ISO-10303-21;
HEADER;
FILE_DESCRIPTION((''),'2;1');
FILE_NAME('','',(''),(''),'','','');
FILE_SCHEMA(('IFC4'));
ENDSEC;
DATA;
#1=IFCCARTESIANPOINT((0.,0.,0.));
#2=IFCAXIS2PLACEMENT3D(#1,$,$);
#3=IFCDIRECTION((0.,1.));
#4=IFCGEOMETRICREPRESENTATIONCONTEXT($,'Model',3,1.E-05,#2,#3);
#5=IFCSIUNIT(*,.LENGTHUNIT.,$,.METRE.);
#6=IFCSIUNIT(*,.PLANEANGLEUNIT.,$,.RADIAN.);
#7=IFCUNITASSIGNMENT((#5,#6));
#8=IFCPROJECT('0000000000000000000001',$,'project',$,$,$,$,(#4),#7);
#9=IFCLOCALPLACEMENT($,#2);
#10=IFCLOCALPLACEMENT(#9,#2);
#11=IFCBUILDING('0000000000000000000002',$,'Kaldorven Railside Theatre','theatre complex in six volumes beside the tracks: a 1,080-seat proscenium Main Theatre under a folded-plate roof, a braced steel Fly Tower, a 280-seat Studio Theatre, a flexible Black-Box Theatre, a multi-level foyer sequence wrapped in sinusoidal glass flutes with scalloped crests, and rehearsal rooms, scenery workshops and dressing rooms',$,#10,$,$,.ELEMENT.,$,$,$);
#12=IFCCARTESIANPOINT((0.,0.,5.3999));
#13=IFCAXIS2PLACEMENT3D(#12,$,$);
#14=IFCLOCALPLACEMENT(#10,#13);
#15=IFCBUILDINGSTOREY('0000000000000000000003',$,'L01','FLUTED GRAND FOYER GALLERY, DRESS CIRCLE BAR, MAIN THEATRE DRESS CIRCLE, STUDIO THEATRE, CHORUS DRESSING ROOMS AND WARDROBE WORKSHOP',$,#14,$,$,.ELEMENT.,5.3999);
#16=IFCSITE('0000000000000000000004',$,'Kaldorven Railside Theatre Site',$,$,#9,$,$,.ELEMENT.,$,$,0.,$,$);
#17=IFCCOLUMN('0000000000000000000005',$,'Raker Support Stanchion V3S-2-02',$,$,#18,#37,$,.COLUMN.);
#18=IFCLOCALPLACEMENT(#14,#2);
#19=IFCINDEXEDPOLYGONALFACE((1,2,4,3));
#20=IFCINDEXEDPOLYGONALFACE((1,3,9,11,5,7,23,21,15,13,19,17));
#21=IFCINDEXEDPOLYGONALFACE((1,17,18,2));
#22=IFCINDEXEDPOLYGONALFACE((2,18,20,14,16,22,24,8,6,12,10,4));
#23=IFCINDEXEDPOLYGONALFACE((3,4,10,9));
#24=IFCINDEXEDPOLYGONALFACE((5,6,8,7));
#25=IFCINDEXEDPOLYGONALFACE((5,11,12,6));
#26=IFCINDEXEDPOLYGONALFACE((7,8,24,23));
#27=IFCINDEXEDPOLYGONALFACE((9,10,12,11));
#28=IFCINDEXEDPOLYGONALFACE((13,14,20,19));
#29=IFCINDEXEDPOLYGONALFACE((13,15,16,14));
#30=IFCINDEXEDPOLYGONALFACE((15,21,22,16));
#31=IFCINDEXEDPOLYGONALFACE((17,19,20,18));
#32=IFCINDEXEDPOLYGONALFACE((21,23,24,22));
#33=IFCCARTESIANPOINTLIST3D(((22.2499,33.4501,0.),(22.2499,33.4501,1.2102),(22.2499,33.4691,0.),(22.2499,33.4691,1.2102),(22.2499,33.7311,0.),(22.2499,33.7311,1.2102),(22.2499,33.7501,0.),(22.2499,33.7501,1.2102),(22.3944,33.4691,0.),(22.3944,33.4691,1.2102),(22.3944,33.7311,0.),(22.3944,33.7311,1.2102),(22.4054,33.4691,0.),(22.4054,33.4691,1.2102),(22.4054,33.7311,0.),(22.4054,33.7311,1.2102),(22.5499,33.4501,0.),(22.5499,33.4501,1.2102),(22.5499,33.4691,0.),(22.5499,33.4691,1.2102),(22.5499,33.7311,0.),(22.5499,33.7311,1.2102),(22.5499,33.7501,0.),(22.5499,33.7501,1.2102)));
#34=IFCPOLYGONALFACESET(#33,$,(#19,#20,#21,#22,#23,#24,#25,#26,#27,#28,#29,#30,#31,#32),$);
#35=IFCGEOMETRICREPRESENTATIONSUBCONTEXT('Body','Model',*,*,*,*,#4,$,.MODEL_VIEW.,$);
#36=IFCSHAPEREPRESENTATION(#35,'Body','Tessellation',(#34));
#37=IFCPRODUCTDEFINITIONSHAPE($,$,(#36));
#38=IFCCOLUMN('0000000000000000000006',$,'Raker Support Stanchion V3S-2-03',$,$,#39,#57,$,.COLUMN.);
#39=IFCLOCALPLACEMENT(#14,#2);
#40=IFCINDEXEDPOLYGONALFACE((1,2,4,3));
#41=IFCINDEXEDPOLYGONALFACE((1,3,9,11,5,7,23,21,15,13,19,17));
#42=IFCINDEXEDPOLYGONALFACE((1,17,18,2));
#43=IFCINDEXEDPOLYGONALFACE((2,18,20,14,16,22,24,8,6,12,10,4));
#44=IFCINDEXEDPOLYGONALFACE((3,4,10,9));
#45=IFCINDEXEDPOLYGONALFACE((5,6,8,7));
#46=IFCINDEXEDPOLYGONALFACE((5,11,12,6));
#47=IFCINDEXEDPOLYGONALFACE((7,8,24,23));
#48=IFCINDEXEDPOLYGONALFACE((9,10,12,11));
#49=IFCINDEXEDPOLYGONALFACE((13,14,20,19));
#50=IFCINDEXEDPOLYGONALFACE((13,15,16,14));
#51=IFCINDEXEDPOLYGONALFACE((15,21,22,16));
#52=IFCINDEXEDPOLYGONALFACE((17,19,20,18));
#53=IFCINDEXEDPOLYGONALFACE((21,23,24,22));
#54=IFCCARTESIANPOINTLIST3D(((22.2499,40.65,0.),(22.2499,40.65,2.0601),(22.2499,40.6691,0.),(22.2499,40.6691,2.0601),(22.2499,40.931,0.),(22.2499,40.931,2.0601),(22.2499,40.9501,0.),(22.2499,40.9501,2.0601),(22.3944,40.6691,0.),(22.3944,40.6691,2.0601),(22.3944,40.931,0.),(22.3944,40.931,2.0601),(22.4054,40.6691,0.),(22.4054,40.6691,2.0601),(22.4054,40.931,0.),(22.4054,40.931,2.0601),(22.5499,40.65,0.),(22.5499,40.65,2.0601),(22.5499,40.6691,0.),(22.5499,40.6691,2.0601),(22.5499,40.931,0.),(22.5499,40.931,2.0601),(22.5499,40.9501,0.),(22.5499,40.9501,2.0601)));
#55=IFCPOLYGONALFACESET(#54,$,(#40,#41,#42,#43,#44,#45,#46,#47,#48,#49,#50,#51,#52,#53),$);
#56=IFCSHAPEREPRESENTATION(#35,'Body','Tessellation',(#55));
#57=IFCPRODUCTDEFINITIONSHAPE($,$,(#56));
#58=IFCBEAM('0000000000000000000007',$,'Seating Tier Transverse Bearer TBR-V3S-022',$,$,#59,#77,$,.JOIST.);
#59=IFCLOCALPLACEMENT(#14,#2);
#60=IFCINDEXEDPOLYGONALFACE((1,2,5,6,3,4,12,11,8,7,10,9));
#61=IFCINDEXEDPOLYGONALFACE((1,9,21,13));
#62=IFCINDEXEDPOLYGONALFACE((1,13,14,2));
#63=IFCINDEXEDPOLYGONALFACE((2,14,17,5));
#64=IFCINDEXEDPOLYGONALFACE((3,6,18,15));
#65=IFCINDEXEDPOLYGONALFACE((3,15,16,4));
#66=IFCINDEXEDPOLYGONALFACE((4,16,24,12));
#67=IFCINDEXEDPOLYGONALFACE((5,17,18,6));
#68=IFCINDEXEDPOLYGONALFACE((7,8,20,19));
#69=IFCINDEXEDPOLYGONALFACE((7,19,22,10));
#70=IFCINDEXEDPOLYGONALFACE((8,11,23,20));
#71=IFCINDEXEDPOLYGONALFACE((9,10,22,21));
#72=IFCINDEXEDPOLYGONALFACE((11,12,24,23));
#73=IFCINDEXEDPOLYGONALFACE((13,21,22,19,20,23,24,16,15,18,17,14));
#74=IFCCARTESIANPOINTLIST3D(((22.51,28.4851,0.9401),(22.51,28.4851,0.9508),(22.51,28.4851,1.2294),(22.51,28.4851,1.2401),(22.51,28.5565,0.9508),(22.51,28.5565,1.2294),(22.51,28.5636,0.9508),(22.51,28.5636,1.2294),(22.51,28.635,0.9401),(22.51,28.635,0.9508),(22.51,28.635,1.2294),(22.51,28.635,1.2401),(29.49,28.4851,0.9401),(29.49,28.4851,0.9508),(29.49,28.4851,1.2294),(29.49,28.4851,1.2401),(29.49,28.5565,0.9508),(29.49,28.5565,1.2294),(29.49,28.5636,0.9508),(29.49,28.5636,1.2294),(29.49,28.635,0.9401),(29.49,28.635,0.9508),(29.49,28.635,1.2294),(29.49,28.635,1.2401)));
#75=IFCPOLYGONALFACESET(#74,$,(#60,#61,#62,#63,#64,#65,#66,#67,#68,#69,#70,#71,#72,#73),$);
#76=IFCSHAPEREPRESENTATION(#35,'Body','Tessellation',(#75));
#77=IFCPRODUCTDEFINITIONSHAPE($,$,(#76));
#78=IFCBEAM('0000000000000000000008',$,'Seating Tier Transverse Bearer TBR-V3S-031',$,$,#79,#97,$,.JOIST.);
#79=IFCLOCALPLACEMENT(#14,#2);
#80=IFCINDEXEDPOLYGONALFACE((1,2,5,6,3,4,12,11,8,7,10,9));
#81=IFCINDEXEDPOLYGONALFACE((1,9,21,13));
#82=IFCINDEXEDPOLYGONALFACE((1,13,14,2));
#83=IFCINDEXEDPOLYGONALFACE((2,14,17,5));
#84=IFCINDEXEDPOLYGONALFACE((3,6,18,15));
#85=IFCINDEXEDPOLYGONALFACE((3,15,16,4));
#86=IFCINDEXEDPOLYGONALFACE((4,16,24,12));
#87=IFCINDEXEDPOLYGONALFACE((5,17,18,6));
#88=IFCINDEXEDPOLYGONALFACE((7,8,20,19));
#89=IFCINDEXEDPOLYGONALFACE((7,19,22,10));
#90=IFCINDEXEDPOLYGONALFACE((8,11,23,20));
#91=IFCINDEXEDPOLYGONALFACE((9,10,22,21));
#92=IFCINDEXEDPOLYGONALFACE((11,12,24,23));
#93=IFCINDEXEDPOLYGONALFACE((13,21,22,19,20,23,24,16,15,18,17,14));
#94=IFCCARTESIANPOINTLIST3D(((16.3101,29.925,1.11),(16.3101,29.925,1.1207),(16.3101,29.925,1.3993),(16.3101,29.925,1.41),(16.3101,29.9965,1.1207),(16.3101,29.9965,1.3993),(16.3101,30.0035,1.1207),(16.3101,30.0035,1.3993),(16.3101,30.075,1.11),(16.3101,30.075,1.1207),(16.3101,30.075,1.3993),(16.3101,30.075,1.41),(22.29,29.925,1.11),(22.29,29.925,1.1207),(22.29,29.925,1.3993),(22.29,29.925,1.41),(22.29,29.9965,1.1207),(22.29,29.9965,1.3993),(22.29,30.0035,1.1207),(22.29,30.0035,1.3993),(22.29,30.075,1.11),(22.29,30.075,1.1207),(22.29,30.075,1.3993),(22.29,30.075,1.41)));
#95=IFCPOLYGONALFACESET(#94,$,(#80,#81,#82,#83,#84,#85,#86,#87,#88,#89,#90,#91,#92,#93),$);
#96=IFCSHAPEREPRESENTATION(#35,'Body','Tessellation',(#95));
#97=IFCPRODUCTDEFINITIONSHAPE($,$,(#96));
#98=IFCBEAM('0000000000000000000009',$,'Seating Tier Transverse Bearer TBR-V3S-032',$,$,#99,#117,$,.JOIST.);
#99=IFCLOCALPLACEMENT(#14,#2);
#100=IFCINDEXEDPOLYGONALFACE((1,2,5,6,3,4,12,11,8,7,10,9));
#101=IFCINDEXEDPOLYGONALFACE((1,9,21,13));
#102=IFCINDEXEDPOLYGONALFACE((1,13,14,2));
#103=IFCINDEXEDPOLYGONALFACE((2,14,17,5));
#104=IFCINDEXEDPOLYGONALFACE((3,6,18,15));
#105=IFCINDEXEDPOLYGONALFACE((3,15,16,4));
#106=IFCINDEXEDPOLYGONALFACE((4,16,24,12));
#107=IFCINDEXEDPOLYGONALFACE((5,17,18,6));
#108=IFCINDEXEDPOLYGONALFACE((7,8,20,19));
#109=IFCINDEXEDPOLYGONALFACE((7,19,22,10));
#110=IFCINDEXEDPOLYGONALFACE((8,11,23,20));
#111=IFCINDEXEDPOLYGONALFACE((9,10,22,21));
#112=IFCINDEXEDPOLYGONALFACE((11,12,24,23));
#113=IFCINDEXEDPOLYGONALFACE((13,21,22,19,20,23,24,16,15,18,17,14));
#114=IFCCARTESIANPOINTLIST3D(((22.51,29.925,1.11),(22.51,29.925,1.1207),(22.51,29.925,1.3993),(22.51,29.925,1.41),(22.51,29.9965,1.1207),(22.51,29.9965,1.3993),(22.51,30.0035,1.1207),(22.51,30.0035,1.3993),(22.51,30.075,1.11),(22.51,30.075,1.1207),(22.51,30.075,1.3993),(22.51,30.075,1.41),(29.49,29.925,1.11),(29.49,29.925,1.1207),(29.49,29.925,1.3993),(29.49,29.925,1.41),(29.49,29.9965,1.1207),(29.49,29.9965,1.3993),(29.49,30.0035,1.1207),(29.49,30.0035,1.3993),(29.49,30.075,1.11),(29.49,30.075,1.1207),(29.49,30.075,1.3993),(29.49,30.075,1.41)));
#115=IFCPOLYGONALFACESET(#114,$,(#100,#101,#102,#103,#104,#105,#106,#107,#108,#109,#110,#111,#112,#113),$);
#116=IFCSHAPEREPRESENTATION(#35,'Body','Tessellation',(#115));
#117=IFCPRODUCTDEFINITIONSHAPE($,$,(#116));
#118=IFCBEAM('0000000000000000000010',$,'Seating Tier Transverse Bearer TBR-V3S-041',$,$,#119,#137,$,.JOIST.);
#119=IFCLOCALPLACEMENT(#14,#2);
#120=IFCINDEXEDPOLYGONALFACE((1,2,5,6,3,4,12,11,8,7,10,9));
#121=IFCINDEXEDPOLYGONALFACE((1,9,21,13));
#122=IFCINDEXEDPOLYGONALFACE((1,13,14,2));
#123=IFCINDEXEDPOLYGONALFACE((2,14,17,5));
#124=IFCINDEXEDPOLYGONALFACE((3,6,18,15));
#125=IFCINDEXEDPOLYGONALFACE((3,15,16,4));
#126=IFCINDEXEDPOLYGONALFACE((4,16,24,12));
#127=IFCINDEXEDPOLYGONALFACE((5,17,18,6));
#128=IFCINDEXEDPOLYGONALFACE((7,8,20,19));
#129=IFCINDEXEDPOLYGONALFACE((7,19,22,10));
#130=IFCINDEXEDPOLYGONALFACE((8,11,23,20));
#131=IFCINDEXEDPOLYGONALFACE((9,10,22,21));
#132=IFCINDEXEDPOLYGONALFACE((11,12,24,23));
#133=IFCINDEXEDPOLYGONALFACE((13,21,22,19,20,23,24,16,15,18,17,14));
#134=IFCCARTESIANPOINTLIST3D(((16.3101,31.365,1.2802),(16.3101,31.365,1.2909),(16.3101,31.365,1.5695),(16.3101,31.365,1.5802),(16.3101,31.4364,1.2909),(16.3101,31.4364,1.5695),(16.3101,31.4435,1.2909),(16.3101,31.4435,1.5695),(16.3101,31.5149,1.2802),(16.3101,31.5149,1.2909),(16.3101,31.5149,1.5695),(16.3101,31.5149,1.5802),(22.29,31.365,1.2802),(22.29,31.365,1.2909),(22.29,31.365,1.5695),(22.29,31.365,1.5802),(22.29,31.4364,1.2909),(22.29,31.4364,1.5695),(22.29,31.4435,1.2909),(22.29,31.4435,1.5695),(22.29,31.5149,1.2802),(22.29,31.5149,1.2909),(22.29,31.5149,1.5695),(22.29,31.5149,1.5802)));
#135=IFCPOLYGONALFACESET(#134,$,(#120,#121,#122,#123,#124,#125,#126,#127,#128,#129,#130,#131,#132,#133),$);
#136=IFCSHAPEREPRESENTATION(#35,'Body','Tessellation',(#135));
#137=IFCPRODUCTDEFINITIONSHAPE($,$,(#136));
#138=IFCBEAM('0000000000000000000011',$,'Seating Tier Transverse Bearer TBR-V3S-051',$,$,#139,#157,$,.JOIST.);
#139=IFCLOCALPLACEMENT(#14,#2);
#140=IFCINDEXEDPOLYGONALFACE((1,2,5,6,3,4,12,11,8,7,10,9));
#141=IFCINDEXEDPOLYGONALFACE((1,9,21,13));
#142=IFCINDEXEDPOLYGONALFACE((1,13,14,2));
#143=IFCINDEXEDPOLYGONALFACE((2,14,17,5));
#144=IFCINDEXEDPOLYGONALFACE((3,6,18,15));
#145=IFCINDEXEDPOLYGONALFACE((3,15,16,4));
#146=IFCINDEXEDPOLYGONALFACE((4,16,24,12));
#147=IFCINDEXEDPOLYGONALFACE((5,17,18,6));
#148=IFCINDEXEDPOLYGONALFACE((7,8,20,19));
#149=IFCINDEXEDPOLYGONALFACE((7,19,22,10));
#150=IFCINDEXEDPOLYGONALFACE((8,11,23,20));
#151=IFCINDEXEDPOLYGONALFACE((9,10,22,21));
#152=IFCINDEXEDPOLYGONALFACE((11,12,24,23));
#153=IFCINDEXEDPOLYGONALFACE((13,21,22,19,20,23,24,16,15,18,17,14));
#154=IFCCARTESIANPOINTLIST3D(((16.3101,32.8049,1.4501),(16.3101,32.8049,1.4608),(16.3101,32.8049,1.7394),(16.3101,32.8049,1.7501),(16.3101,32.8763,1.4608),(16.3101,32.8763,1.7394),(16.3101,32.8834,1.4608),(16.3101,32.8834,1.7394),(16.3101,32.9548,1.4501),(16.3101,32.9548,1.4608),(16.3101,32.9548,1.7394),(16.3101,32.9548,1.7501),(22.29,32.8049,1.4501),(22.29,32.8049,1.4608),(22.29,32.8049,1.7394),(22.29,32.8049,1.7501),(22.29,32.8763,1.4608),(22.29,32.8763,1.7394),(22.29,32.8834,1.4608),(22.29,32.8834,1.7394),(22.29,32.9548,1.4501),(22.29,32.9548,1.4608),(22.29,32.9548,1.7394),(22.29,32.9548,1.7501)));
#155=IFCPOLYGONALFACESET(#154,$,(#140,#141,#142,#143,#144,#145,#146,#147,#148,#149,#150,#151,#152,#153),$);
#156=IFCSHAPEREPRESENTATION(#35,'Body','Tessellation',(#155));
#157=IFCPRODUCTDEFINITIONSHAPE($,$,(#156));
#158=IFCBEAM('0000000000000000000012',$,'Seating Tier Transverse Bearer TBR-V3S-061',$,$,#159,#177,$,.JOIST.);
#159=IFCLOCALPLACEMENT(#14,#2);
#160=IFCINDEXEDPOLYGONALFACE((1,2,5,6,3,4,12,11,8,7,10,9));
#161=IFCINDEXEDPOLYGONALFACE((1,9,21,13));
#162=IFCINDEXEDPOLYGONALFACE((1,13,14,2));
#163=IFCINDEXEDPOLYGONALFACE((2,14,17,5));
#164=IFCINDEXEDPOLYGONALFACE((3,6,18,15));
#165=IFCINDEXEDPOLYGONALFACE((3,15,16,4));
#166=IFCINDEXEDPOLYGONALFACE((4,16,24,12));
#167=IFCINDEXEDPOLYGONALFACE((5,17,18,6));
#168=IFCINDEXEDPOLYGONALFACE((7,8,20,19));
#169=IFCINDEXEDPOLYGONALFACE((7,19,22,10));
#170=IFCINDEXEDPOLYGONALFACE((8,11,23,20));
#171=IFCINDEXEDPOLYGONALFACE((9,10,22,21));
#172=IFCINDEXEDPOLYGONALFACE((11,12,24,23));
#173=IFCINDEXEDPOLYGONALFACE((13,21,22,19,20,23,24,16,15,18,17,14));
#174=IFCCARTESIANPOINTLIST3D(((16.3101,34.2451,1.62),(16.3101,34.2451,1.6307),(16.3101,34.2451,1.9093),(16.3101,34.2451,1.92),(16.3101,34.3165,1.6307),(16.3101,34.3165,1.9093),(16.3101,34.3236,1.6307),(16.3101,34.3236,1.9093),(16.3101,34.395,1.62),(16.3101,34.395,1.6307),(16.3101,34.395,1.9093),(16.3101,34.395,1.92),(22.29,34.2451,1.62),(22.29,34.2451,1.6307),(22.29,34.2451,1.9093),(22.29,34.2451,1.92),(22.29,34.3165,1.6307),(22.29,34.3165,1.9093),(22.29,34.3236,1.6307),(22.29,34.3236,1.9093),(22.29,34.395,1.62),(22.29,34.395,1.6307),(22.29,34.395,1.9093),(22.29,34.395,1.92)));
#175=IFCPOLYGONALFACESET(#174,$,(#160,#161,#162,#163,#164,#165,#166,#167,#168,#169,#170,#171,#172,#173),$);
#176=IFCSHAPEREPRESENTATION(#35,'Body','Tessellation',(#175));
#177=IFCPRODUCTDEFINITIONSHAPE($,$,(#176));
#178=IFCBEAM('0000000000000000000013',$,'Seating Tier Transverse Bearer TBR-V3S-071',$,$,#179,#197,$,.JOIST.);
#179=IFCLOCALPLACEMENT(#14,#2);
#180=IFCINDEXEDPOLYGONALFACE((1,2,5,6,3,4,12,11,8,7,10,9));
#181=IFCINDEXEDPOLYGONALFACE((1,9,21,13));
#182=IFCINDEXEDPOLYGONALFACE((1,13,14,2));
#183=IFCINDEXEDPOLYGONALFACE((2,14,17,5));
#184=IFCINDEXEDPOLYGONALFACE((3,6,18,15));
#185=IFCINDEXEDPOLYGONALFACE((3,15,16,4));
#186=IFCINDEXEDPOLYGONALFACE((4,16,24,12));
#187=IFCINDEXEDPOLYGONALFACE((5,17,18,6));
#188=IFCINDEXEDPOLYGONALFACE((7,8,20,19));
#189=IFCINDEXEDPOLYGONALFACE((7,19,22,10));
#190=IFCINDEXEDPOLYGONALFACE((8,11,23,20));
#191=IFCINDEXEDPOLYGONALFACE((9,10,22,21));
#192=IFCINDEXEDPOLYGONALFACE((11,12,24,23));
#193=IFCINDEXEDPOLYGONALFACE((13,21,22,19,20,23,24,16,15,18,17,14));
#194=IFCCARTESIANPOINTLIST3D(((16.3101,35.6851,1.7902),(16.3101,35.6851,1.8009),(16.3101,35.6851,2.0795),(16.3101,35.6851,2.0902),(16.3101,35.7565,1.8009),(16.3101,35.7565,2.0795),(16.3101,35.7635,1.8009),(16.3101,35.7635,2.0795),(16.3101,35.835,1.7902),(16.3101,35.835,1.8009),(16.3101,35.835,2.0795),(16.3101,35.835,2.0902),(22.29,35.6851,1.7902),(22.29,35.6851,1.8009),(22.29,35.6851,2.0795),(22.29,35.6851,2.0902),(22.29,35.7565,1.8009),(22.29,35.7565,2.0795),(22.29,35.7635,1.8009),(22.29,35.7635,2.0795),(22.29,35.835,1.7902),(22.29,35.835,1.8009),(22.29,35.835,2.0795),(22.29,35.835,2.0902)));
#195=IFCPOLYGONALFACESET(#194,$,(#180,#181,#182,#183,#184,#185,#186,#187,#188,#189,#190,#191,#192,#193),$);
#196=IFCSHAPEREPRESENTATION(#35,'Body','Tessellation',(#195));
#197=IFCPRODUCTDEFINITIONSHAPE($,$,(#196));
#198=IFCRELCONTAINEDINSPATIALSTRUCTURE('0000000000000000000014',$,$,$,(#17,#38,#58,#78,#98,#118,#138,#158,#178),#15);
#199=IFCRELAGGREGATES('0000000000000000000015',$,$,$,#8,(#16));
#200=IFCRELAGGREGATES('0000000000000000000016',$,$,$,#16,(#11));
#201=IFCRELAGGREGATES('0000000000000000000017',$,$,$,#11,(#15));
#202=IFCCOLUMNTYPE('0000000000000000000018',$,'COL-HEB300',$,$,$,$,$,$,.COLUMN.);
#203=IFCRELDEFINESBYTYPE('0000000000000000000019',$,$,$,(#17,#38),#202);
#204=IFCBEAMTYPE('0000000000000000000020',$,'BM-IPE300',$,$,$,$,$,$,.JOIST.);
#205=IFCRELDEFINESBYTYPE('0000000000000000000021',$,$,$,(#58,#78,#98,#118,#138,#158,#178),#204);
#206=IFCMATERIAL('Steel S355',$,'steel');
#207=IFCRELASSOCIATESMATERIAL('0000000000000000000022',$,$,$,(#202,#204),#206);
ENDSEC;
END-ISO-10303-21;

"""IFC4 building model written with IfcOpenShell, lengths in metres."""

from ifc_helpers import new_model, si_unit, direction, frame, origin, origin_2d, place, context, subcontext, project, spatial, i_section, extrude, material, material_profile, profile_set, type_object, element, save


model = new_model("IFC4")

# Units and contexts
model_context = context("Model", 3, precision=1e-05, world=origin(), true_north=direction((0.0, 1.0)))
body_context = subcontext(model_context, "Body", "Model", "MODEL_VIEW")
ifc_project = project(units=[si_unit("LENGTHUNIT", "METRE"), si_unit("PLANEANGLEUNIT", "RADIAN")], contexts=[model_context])

# Site, building, storey
site_placement = place(None, origin())
site = spatial("IfcSite", under=ifc_project, at=site_placement, Name="Kaldorven Railside Theatre Site", CompositionType="ELEMENT", RefElevation=0.0)
building_placement = place(site_placement, origin())
building = spatial("IfcBuilding", under=site, at=building_placement, Name="Kaldorven Railside Theatre", Description="theatre complex in six volumes beside the tracks: a 1,080-seat proscenium Main Theatre under a folded-plate roof, a braced steel Fly Tower, a 280-seat Studio Theatre, a flexible Black-Box Theatre, a multi-level foyer sequence wrapped in sinusoidal glass flutes with scalloped crests, and rehearsal rooms, scenery workshops and dressing rooms", CompositionType="ELEMENT")
storey_placement = place(building_placement, frame((0.0, 0.0, 5.3999)))
storey = spatial("IfcBuildingStorey", under=building, at=storey_placement, Name="L01", Description="FLUTED GRAND FOYER GALLERY, DRESS CIRCLE BAR, MAIN THEATRE DRESS CIRCLE, STUDIO THEATRE, CHORUS DRESSING ROOMS AND WARDROBE WORKSHOP", CompositionType="ELEMENT", Elevation=5.3999)

# Columns
ifc_material_1 = material(Name="Steel S355", Category="steel")
ifc_material_profile_1 = material_profile(ifc_material_1, i_section(OverallWidth=0.3, OverallDepth=0.3, WebThickness=0.011, FlangeThickness=0.019, at=origin_2d()), Name="HEB 300")
ifc_profile_set_1 = profile_set([ifc_material_profile_1], Name="Steel S355")
column_type = type_object("IfcColumnType", Name="COL-HEB300", PredefinedType="COLUMN", material=ifc_profile_set_1)
column_1_placement = place(storey_placement, frame((22.3999, 33.6001, 0.0), z_axis=(0.0, 0.0, 1.0), x_axis=(1.0, 0.0, 0.0)))
element("IfcColumn", 1, at=column_1_placement, inside=storey, type_object=column_type, Name="Raker Support Stanchion V3S-2-02", PredefinedType="COLUMN", context=body_context, shape_type="SweptSolid", body=[
    extrude(i_section(OverallWidth=0.3, OverallDepth=0.3, WebThickness=0.011, FlangeThickness=0.019, at=origin_2d()), origin(), (0.0, 0.0, 1.0), 1.2102),
])
column_2_placement = place(storey_placement, frame((22.3999, 40.8, 0.0), z_axis=(0.0, 0.0, 1.0), x_axis=(1.0, 0.0, 0.0)))
element("IfcColumn", 2, at=column_2_placement, inside=storey, type_object=column_type, Name="Raker Support Stanchion V3S-2-03", PredefinedType="COLUMN", context=body_context, shape_type="SweptSolid", body=[
    extrude(i_section(OverallWidth=0.3, OverallDepth=0.3, WebThickness=0.011, FlangeThickness=0.019, at=origin_2d()), origin(), (0.0, 0.0, 1.0), 2.0601),
])

# Beams
ifc_material_profile_2 = material_profile(ifc_material_1, i_section(OverallWidth=0.1499, OverallDepth=0.3, WebThickness=0.0071, FlangeThickness=0.0107, at=origin_2d()), Name="IPE 300")
ifc_profile_set_2 = profile_set([ifc_material_profile_2], Name="Steel S355")
beam_type_1 = type_object("IfcBeamType", Name="BM-IPE300", PredefinedType="JOIST", material=ifc_profile_set_2)
beam_1_placement = place(storey_placement, frame((22.51, 28.5601, 1.0901), z_axis=(1.0, 0.0, 0.0), x_axis=(0.0, 1.0, 0.0)))
element("IfcBeam", 3, at=beam_1_placement, inside=storey, type_object=beam_type_1, Name="Seating Tier Transverse Bearer TBR-V3S-022", PredefinedType="JOIST", context=body_context, shape_type="SweptSolid", body=[
    extrude(i_section(OverallWidth=0.1499, OverallDepth=0.3, WebThickness=0.0071, FlangeThickness=0.0107, at=origin_2d()), origin(), (0.0, 0.0, 1.0), 6.98),
])
beam_2_placement = place(storey_placement, frame((16.3101, 30.0, 1.26), z_axis=(1.0, 0.0, 0.0), x_axis=(0.0, 1.0, 0.0)))
element("IfcBeam", 4, at=beam_2_placement, inside=storey, type_object=beam_type_1, Name="Seating Tier Transverse Bearer TBR-V3S-031", PredefinedType="JOIST", context=body_context, shape_type="SweptSolid", body=[
    extrude(i_section(OverallWidth=0.1499, OverallDepth=0.3, WebThickness=0.0071, FlangeThickness=0.0107, at=origin_2d()), origin(), (0.0, 0.0, 1.0), 5.98),
])
beam_3_placement = place(storey_placement, frame((22.51, 30.0, 1.26), z_axis=(1.0, 0.0, 0.0), x_axis=(0.0, 1.0, 0.0)))
element("IfcBeam", 5, at=beam_3_placement, inside=storey, type_object=beam_type_1, Name="Seating Tier Transverse Bearer TBR-V3S-032", PredefinedType="JOIST", context=body_context, shape_type="SweptSolid", body=[
    extrude(i_section(OverallWidth=0.1499, OverallDepth=0.3, WebThickness=0.0071, FlangeThickness=0.0107, at=origin_2d()), origin(), (0.0, 0.0, 1.0), 6.98),
])
for number, where, z_axis, x_axis, name in (
    (6, (16.3101, 31.4399, 1.4302), (1.0, 0.0, 0.0), (0.0, 1.0, 0.0), "Seating Tier Transverse Bearer TBR-V3S-041"),
    (7, (16.3101, 32.8799, 1.6001), (1.0, 0.0, 0.0), (0.0, 1.0, 0.0), "Seating Tier Transverse Bearer TBR-V3S-051"),
    (8, (16.3101, 34.3201, 1.77), (1.0, 0.0, 0.0), (0.0, 1.0, 0.0), "Seating Tier Transverse Bearer TBR-V3S-061"),
    (9, (16.3101, 35.76, 1.9402), (1.0, 0.0, 0.0), (0.0, 1.0, 0.0), "Seating Tier Transverse Bearer TBR-V3S-071"),
):
    element("IfcBeam", number, at=place(storey_placement, frame(where, z_axis=z_axis, x_axis=x_axis)), inside=storey, type_object=beam_type_1, Name=name, PredefinedType="JOIST", context=body_context, shape_type="SweptSolid", body=[
        extrude(i_section(OverallWidth=0.1499, OverallDepth=0.3, WebThickness=0.0071, FlangeThickness=0.0107, at=origin_2d()), origin(), (0.0, 0.0, 1.0), 5.98),
    ])

save(model, "model.ifc")
